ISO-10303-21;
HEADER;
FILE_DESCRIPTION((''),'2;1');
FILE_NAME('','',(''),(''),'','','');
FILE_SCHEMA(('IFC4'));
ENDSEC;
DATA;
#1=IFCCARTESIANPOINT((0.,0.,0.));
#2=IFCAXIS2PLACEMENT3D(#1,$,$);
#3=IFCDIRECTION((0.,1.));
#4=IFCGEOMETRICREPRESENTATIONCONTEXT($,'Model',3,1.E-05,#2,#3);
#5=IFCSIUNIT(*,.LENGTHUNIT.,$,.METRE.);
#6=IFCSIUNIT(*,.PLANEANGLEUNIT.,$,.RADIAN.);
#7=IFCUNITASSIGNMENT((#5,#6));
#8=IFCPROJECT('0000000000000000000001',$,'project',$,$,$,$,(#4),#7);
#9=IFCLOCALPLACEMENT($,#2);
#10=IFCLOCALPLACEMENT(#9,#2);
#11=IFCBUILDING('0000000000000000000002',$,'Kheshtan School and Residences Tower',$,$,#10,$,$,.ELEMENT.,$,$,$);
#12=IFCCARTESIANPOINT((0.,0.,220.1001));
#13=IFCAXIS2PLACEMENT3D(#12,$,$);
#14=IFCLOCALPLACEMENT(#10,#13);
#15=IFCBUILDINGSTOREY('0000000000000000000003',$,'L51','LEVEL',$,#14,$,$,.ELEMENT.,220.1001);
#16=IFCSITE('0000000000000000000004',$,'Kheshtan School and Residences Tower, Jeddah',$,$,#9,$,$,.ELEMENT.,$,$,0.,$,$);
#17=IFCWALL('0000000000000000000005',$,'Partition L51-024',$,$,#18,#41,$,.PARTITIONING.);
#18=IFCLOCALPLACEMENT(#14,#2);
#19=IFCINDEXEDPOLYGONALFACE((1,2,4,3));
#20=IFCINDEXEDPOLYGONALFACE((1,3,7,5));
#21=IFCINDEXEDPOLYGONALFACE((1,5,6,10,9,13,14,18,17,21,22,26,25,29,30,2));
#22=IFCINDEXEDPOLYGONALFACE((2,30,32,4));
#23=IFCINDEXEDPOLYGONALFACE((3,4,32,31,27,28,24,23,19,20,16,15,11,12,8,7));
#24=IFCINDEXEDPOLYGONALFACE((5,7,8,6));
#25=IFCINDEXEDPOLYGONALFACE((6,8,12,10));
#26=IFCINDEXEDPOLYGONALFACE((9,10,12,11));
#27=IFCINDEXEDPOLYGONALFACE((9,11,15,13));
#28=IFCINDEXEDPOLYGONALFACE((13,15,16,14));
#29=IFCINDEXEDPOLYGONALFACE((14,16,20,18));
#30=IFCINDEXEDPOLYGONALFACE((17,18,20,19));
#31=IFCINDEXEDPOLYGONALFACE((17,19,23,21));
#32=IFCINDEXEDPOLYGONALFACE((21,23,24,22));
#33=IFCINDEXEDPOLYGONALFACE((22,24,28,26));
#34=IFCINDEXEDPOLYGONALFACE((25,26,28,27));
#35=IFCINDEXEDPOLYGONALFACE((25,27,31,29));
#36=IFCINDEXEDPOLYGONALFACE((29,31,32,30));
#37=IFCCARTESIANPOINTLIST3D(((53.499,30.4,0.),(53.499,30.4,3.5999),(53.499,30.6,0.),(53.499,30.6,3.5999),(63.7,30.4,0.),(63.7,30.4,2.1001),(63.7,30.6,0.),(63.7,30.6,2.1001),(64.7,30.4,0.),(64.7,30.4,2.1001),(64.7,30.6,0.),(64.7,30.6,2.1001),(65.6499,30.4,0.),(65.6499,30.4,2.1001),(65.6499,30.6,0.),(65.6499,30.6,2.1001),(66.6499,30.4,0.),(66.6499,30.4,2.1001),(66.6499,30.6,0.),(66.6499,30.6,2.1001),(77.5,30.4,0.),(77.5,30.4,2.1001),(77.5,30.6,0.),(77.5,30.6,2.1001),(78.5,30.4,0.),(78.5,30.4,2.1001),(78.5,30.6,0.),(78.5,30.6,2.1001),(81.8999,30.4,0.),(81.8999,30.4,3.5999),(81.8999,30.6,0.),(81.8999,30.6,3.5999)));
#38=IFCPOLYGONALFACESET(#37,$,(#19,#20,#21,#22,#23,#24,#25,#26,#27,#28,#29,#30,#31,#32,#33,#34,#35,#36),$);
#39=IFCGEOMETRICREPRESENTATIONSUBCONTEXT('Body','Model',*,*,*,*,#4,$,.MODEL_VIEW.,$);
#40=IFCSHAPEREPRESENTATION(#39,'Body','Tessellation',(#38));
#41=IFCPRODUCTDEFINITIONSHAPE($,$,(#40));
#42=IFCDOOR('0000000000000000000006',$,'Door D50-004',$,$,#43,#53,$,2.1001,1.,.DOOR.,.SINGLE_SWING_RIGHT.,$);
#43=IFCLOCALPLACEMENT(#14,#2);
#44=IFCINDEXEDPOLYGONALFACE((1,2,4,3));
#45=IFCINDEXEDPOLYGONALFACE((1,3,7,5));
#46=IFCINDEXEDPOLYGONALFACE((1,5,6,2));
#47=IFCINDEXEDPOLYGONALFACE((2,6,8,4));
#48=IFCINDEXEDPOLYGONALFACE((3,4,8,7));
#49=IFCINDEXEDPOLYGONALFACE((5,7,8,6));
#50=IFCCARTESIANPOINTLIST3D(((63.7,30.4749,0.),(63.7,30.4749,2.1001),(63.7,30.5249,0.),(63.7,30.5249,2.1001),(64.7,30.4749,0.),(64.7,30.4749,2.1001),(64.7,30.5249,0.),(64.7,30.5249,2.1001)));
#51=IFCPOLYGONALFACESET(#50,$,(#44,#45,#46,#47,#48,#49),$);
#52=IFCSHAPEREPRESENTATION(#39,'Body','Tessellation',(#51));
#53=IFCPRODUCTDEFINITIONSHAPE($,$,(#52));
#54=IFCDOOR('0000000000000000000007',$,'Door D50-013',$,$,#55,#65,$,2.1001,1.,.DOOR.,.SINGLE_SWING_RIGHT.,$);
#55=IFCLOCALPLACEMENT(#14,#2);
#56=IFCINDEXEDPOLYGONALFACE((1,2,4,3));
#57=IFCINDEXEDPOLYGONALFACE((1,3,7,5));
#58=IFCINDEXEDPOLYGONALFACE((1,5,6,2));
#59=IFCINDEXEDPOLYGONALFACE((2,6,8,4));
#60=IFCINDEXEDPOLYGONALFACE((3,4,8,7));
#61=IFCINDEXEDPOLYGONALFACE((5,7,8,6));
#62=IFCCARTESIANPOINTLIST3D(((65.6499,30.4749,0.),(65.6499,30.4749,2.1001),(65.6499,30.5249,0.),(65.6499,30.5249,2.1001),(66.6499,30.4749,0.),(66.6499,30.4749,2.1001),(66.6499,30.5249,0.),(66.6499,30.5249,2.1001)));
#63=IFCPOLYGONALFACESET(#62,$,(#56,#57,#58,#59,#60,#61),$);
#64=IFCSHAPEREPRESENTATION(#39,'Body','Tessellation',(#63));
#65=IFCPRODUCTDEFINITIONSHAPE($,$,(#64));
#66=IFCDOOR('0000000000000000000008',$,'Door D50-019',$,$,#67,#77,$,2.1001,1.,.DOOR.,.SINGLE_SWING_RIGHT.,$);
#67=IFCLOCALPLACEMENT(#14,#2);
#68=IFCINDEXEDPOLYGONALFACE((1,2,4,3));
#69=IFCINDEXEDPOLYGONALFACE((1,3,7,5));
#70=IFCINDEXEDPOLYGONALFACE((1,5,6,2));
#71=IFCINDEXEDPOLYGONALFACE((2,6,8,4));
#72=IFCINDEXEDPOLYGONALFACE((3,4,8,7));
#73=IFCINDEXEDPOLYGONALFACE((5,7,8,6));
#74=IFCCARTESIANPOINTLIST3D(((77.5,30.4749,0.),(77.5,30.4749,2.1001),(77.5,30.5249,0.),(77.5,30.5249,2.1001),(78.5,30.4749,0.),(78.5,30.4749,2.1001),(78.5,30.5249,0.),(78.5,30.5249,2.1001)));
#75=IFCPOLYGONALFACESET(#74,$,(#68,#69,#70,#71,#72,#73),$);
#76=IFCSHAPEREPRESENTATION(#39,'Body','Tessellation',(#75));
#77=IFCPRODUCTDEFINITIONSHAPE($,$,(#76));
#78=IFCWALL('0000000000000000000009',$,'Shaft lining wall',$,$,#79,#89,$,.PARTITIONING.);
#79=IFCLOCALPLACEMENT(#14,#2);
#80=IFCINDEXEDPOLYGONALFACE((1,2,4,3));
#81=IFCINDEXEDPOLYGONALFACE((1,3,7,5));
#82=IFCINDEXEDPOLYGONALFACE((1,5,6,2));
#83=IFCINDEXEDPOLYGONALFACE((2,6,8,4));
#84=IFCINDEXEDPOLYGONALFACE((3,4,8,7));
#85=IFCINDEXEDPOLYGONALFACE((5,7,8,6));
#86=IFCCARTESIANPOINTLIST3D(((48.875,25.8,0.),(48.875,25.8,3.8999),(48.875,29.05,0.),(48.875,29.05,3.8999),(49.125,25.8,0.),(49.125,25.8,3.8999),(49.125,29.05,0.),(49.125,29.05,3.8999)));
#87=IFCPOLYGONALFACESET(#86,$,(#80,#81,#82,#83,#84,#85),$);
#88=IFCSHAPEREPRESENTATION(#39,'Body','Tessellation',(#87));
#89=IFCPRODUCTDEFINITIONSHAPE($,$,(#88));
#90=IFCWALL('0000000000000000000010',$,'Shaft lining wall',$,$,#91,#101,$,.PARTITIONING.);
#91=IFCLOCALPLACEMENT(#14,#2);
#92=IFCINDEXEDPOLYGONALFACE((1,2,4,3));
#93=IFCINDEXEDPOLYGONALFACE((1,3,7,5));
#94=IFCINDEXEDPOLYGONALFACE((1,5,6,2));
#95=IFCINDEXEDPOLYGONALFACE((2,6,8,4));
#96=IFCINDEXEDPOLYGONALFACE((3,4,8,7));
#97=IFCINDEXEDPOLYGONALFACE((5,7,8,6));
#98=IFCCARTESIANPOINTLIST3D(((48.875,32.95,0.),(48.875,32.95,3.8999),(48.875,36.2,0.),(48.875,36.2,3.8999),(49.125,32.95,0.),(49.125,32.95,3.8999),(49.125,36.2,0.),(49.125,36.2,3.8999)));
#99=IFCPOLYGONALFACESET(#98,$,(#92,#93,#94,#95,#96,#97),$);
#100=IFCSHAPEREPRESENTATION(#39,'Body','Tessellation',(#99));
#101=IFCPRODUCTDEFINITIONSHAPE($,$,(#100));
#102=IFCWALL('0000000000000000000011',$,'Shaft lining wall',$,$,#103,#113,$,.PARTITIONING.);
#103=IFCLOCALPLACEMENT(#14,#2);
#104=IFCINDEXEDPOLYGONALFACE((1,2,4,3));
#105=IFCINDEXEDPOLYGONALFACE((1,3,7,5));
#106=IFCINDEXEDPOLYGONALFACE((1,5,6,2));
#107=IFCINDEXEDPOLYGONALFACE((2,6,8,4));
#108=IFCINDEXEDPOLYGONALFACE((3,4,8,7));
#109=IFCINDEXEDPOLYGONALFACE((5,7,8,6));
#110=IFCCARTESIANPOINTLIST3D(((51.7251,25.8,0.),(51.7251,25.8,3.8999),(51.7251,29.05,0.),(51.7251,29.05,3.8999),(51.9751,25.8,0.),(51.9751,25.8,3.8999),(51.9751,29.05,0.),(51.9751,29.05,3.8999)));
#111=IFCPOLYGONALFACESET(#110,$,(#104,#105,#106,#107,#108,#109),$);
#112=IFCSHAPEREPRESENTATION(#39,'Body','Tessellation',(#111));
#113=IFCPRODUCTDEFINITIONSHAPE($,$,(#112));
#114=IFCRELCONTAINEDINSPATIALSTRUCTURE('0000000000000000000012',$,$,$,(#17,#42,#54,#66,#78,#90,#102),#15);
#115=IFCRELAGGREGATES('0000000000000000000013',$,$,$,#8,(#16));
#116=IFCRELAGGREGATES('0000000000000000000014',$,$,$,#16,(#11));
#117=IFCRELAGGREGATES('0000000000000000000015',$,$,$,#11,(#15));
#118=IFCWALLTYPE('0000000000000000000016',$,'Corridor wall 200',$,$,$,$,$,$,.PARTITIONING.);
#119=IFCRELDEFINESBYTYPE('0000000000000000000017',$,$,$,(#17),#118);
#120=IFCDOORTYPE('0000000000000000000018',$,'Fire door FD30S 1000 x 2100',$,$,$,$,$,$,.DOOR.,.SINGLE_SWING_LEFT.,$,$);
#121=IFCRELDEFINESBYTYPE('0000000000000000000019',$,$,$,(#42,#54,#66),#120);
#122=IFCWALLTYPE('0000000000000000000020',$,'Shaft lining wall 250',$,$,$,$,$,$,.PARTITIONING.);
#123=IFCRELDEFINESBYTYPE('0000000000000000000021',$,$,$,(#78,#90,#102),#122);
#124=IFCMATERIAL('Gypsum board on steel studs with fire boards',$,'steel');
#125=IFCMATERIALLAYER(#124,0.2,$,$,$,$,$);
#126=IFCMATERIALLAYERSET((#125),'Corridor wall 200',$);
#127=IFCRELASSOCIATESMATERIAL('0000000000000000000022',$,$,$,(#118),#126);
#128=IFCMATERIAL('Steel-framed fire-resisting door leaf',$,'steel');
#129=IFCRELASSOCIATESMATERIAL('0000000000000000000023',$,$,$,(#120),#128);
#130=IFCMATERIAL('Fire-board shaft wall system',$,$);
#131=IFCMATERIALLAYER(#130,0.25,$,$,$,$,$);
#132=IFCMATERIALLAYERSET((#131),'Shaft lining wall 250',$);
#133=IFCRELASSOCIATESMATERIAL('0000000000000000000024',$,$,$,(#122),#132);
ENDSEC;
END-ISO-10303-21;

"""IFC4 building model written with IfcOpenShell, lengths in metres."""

from ifc_helpers import new_model, si_unit, direction, frame, frame_2d, origin, place, context, subcontext, project, spatial, rectangle, extrude, source, transform, mapped, material, layer, layer_set, type_object, element, fill, save


model = new_model("IFC4")

# Units and contexts
model_context = context("Model", 3, precision=1e-05, world=origin(), true_north=direction((0.0, 1.0)))
body_context = subcontext(model_context, "Body", "Model", "MODEL_VIEW")
ifc_project = project(units=[si_unit("LENGTHUNIT", "METRE"), si_unit("PLANEANGLEUNIT", "RADIAN")], contexts=[model_context])

# Site, building, storey
site_placement = place(None, origin())
site = spatial("IfcSite", under=ifc_project, at=site_placement, Name="Kheshtan School and Residences Tower, Jeddah", CompositionType="ELEMENT", RefElevation=0.0)
building_placement = place(site_placement, origin())
building = spatial("IfcBuilding", under=site, at=building_placement, Name="Kheshtan School and Residences Tower", CompositionType="ELEMENT")
storey_placement = place(building_placement, frame((0.0, 0.0, 220.1001)))
storey = spatial("IfcBuildingStorey", under=building, at=storey_placement, Name="L51", Description="LEVEL", CompositionType="ELEMENT", Elevation=220.1001)

# Shared definitions
ifc_material_1 = material(Name="Gypsum board on steel studs with fire boards", Category="steel")
ifc_layer_1 = layer(ifc_material_1, 0.2)
ifc_layer_set_1 = layer_set([ifc_layer_1], Name="Corridor wall 200")
wall_type_1 = type_object("IfcWallType", Name="Corridor wall 200", PredefinedType="PARTITIONING", material=ifc_layer_set_1)
ifc_material_2 = material(Name="Steel-framed fire-resisting door leaf", Category="steel")

# Wall, openings, doors
wall_1_placement = place(storey_placement, frame((53.499, 30.5, 0.0), z_axis=(0.0, 0.0, 1.0), x_axis=(1.0, 0.0, 0.0)))
wall_1 = element("IfcWall", 1, at=wall_1_placement, inside=storey, type_object=wall_type_1, Name="Partition L51-024", PredefinedType="PARTITIONING", context=body_context, shape_type="SweptSolid", body=[
    extrude(rectangle(XDim=28.4009, YDim=0.2, at=frame_2d((14.2004, 0.0))), origin(), (0.0, 0.0, 1.0), 3.5999),
])
opening_1_placement = place(wall_1_placement, frame((10.2009, 0.0, 0.0)))
opening_1 = element("IfcOpeningElement", 2, at=opening_1_placement, cuts=wall_1, PredefinedType="OPENING", context=body_context, shape_type="SweptSolid", body=[
    extrude(rectangle(XDim=1.0, YDim=2.1001, at=frame_2d((0.5, 1.05))), frame((0.0, 0.1099, 0.0), z_axis=(0.0, -1.0, 0.0), x_axis=(1.0, 0.0, 0.0)), (0.0, 0.0, 1.0), 0.22),
])
opening_2_placement = place(wall_1_placement, frame((12.1509, 0.0, 0.0)))
opening_2 = element("IfcOpeningElement", 3, at=opening_2_placement, cuts=wall_1, PredefinedType="OPENING", context=body_context, shape_type="SweptSolid", body=[
    extrude(rectangle(XDim=1.0, YDim=2.1001, at=frame_2d((0.5, 1.05))), frame((0.0, 0.1099, 0.0), z_axis=(0.0, -1.0, 0.0), x_axis=(1.0, 0.0, 0.0)), (0.0, 0.0, 1.0), 0.22),
])
opening_3_placement = place(wall_1_placement, frame((24.001, 0.0, 0.0)))
opening_3 = element("IfcOpeningElement", 4, at=opening_3_placement, cuts=wall_1, PredefinedType="OPENING", context=body_context, shape_type="SweptSolid", body=[
    extrude(rectangle(XDim=1.0, YDim=2.1001, at=frame_2d((0.5, 1.05))), frame((0.0, 0.1099, 0.0), z_axis=(0.0, -1.0, 0.0), x_axis=(1.0, 0.0, 0.0)), (0.0, 0.0, 1.0), 0.22),
])
door_type_1 = type_object("IfcDoorType", Name="Fire door FD30S 1000 x 2100", OperationType="SINGLE_SWING_LEFT", PredefinedType="DOOR", material=ifc_material_2)
shared_shape_1 = source(origin(), body_context, "Body", "SweptSolid", [
    extrude(rectangle(XDim=1.0, YDim=2.1001, at=frame_2d((0.5, 1.05))), frame((0.0, 0.0249, 0.0), z_axis=(0.0, -1.0, 0.0), x_axis=(1.0, 0.0, 0.0)), (0.0, 0.0, 1.0), 0.05),
])
door_1_placement = place(opening_1_placement, origin())
door_1 = element("IfcDoor", 5, at=door_1_placement, inside=storey, type_object=door_type_1, Name="Door D50-004", OperationType="SINGLE_SWING_RIGHT", OverallHeight=2.1001, OverallWidth=1.0, PredefinedType="DOOR", context=body_context, shape_type="MappedRepresentation", body=[
    mapped(shared_shape_1, transform((0.0, 0.0, 0.0), x_axis=(1.0, 0.0, 0.0), y_axis=(0.0, 1.0, 0.0), z_axis=(0.0, 0.0, 1.0), scale=1.0)),
])
fill(opening_1, door_1)
door_2_placement = place(opening_2_placement, origin())
door_2 = element("IfcDoor", 6, at=door_2_placement, inside=storey, type_object=door_type_1, Name="Door D50-013", OperationType="SINGLE_SWING_RIGHT", OverallHeight=2.1001, OverallWidth=1.0, PredefinedType="DOOR", context=body_context, shape_type="MappedRepresentation", body=[
    mapped(shared_shape_1, transform((0.0, 0.0, 0.0), x_axis=(1.0, 0.0, 0.0), y_axis=(0.0, 1.0, 0.0), z_axis=(0.0, 0.0, 1.0), scale=1.0)),
])
fill(opening_2, door_2)
door_3_placement = place(opening_3_placement, origin())
door_3 = element("IfcDoor", 7, at=door_3_placement, inside=storey, type_object=door_type_1, Name="Door D50-019", OperationType="SINGLE_SWING_RIGHT", OverallHeight=2.1001, OverallWidth=1.0, PredefinedType="DOOR", context=body_context, shape_type="MappedRepresentation", body=[
    mapped(shared_shape_1, transform((0.0, 0.0, 0.0), x_axis=(1.0, 0.0, 0.0), y_axis=(0.0, 1.0, 0.0), z_axis=(0.0, 0.0, 1.0), scale=1.0)),
])
fill(opening_3, door_3)

# Walls
ifc_material_3 = material(Name="Fire-board shaft wall system")
ifc_layer_2 = layer(ifc_material_3, 0.25)
ifc_layer_set_2 = layer_set([ifc_layer_2], Name="Shaft lining wall 250")
wall_type_2 = type_object("IfcWallType", Name="Shaft lining wall 250", PredefinedType="PARTITIONING", material=ifc_layer_set_2)
for number, where, z_axis, x_axis, name in (
    (8, (49.0, 25.8, 0.0), (0.0, 0.0, 1.0), (0.0, 1.0, 0.0), "Shaft lining wall"),
    (9, (49.0, 32.95, 0.0), (0.0, 0.0, 1.0), (0.0, 1.0, 0.0), "Shaft lining wall"),
    (10, (51.8501, 25.8, 0.0), (0.0, 0.0, 1.0), (0.0, 1.0, 0.0), "Shaft lining wall"),
):
    element("IfcWall", number, at=place(storey_placement, frame(where, z_axis=z_axis, x_axis=x_axis)), inside=storey, type_object=wall_type_2, Name=name, PredefinedType="PARTITIONING", context=body_context, shape_type="SweptSolid", body=[
        extrude(rectangle(XDim=3.25, YDim=0.25, at=frame_2d((1.625, 0.0))), origin(), (0.0, 0.0, 1.0), 3.8999),
    ])

save(model, "model.ifc")
